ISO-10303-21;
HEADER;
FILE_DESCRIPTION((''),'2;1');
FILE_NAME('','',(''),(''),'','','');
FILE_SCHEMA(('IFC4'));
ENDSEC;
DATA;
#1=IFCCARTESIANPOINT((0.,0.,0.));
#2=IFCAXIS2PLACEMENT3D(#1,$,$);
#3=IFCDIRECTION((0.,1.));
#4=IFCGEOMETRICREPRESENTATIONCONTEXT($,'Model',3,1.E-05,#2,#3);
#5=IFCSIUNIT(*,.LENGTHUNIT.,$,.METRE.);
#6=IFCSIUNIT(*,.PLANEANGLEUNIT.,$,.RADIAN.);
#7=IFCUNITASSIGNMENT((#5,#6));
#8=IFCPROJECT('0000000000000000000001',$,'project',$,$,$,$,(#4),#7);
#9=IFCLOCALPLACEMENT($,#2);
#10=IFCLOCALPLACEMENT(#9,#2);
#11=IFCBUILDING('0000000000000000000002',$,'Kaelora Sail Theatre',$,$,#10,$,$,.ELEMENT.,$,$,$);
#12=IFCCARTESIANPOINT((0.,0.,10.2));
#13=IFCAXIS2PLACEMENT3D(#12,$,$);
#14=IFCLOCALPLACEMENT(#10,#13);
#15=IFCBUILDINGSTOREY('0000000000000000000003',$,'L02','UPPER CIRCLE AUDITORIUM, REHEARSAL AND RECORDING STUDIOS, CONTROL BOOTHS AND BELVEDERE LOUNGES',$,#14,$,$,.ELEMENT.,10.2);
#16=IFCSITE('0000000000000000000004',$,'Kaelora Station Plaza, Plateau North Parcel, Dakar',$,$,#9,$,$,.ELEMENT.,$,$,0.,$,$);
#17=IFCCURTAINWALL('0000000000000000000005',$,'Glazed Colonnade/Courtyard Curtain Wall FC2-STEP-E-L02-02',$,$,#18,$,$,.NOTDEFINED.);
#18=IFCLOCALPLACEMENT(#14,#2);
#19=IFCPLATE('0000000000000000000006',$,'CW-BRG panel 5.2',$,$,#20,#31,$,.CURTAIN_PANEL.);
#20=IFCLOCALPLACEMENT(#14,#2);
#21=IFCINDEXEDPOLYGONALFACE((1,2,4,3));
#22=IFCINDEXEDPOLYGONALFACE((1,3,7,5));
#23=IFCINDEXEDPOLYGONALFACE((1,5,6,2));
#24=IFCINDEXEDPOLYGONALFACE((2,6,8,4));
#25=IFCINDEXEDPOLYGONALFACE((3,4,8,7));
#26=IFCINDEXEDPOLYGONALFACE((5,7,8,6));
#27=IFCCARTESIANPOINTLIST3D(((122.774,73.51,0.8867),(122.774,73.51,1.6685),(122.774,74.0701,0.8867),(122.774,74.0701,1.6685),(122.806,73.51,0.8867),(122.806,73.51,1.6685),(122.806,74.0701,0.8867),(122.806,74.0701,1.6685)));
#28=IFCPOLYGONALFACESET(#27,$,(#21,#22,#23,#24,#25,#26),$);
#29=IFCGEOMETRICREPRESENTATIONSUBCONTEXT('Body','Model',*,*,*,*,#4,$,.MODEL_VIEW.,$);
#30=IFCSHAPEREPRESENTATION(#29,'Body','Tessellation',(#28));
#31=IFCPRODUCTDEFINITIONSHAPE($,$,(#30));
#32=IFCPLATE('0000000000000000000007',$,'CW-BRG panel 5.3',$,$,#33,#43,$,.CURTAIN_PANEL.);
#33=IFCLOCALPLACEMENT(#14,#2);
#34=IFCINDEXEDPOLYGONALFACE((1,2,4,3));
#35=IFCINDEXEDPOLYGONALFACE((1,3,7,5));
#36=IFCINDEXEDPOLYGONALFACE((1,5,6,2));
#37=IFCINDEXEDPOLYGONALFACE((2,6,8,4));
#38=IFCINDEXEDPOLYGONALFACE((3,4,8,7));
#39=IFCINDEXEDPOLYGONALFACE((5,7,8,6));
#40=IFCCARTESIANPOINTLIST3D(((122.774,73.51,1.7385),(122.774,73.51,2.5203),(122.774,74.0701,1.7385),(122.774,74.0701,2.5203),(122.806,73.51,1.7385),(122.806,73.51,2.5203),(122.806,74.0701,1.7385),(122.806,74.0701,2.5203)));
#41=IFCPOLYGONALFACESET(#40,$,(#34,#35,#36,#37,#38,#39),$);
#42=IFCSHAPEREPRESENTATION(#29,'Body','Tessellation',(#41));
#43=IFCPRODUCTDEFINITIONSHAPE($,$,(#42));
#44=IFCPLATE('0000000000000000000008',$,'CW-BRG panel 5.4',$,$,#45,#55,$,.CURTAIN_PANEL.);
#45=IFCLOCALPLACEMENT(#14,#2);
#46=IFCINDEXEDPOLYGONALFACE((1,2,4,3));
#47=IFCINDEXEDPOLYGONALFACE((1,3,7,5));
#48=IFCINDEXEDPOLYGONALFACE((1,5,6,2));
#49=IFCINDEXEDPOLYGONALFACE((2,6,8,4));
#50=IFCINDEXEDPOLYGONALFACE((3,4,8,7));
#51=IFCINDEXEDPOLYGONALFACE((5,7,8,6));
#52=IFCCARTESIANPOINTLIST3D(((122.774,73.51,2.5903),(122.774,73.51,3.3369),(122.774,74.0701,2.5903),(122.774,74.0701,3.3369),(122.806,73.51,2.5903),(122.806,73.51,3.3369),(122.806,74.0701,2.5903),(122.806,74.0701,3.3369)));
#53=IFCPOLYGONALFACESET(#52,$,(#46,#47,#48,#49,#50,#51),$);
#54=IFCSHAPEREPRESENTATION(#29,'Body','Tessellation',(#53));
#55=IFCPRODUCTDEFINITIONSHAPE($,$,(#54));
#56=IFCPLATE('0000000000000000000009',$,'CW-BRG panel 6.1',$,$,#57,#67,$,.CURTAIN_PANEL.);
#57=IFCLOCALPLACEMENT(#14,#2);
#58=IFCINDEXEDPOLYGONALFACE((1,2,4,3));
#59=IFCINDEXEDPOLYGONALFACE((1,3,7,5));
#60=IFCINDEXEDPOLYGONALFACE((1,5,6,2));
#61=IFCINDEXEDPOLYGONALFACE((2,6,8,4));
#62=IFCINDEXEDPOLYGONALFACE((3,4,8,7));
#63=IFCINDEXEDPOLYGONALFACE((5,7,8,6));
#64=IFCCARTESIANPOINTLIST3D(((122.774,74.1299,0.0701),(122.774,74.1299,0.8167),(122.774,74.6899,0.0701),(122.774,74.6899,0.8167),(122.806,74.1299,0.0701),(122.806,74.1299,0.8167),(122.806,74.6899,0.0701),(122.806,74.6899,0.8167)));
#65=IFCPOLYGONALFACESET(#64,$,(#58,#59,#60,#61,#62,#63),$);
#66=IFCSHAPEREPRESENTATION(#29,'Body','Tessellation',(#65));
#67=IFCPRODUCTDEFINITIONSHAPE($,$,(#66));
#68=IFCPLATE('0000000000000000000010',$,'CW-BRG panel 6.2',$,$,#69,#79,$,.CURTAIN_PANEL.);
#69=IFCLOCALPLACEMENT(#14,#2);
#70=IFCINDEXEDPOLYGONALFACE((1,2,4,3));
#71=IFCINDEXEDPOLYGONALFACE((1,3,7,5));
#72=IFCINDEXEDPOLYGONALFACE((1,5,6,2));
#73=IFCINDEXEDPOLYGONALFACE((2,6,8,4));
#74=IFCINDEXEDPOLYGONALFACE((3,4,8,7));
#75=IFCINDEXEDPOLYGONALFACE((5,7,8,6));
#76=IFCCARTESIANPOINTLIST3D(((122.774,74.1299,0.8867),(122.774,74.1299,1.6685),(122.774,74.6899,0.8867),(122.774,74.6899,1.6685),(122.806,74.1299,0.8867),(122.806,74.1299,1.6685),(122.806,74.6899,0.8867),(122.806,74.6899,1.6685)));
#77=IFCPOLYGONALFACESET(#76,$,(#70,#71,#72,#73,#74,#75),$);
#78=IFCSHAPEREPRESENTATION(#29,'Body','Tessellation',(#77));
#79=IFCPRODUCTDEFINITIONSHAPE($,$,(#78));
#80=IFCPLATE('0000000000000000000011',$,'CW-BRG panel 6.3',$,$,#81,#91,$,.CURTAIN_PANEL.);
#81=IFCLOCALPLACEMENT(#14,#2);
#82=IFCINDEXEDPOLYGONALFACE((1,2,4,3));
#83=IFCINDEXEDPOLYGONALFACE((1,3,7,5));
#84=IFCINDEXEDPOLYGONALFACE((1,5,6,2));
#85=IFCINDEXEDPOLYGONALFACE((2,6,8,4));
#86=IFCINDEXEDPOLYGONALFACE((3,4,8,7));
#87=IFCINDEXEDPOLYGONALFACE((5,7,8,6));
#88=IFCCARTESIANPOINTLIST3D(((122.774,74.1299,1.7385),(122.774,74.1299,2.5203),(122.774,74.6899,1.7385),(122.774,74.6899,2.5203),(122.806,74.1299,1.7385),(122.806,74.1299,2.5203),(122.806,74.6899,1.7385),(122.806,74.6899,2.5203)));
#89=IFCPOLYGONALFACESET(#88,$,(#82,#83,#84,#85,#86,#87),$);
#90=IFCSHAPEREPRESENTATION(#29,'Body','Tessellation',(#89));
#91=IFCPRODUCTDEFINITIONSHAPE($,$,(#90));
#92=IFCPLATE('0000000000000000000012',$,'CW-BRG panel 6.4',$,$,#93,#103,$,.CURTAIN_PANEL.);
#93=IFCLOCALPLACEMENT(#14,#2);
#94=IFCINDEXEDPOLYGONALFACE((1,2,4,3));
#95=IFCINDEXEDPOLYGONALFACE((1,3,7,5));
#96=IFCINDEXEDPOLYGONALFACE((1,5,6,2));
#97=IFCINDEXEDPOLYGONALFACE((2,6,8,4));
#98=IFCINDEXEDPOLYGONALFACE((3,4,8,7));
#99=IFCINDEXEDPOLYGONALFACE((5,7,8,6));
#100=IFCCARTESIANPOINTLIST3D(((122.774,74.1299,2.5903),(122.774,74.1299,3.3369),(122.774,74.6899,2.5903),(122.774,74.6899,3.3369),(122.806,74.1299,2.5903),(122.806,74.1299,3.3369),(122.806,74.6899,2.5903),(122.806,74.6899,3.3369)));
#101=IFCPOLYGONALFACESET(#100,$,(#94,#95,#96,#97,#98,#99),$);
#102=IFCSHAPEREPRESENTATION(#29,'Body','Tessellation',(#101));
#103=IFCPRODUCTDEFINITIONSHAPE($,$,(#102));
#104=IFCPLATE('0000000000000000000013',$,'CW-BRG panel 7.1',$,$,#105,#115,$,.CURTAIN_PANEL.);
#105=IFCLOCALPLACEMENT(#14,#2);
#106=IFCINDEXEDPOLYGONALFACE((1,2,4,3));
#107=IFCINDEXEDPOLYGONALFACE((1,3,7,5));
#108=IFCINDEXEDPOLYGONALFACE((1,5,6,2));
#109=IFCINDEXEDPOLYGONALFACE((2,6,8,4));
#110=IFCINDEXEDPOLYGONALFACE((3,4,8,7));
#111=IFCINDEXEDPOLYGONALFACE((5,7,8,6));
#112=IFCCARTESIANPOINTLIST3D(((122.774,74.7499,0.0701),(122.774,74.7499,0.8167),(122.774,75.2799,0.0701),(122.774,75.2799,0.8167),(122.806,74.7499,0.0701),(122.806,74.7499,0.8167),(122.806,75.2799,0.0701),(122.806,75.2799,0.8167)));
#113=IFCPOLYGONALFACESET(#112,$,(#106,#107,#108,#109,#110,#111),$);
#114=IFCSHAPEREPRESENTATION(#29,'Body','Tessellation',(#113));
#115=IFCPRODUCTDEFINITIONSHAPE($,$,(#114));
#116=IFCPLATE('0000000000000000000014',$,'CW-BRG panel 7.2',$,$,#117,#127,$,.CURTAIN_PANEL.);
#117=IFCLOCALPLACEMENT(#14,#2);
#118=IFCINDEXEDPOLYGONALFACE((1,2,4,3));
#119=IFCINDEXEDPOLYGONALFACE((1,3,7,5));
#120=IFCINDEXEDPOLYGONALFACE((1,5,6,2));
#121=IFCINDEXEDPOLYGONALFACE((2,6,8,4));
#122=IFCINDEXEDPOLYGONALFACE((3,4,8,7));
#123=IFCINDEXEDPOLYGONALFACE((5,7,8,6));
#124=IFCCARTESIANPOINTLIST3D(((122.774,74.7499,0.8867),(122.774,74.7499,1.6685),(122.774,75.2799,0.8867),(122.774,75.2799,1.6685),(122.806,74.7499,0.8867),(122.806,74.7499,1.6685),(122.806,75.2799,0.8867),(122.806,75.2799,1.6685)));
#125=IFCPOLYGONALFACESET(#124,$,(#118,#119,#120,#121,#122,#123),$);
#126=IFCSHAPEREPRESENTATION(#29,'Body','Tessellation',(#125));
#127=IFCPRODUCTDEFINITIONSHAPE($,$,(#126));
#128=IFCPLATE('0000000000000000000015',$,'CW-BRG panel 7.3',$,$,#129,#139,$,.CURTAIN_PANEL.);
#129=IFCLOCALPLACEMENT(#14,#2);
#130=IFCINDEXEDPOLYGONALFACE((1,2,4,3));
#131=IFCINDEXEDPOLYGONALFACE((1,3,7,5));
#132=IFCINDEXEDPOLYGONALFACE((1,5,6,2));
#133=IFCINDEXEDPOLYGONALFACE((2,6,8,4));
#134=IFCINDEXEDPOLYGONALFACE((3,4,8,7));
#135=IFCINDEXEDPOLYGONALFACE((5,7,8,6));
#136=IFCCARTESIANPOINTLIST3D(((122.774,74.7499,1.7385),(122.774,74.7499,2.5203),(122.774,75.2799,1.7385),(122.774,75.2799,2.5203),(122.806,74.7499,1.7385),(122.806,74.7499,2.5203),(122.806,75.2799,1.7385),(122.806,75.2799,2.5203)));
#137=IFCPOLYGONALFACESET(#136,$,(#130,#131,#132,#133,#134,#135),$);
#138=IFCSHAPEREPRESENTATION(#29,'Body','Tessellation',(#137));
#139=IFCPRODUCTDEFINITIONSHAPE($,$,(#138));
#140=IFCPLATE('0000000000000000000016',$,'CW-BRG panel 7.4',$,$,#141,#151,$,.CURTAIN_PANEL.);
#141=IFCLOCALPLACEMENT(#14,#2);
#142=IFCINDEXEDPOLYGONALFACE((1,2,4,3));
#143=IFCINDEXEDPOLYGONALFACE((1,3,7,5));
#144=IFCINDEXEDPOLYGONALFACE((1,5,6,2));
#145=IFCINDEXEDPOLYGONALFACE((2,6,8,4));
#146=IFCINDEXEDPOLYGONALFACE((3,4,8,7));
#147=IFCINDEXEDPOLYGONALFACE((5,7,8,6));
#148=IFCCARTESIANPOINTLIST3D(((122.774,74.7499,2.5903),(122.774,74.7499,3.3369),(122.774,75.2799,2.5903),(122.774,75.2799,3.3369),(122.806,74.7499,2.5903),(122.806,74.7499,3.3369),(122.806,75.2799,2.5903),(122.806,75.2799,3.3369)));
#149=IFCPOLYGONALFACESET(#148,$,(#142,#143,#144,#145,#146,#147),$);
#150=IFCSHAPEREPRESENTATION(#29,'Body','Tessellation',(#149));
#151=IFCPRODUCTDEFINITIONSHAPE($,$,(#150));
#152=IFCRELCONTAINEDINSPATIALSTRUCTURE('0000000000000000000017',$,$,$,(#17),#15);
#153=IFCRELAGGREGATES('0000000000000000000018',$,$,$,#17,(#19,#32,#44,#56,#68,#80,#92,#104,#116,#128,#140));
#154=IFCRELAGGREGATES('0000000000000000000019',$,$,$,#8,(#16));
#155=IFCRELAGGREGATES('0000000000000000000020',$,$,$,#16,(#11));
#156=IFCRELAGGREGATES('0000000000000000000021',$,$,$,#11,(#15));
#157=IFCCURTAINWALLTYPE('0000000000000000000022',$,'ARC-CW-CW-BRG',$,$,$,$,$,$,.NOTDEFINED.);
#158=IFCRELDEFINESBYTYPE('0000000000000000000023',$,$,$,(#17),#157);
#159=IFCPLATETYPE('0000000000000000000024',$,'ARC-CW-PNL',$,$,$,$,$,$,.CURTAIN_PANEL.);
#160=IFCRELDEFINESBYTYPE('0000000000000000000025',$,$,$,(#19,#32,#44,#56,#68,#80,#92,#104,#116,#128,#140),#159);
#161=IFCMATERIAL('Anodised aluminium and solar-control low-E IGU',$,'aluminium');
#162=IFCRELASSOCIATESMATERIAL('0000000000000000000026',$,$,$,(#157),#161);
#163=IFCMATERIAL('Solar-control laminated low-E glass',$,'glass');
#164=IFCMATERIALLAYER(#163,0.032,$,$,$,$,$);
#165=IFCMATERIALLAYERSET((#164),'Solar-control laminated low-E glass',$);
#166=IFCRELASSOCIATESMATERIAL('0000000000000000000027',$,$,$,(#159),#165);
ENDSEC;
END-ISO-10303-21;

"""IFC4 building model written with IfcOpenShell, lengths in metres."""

from ifc_helpers import new_model, si_unit, direction, frame, origin, origin_2d, place, context, subcontext, project, spatial, rectangle, extrude, material, layer, layer_set, type_object, element, aggregate, save


model = new_model("IFC4")

# Units and contexts
model_context = context("Model", 3, precision=1e-05, world=origin(), true_north=direction((0.0, 1.0)))
body_context = subcontext(model_context, "Body", "Model", "MODEL_VIEW")
ifc_project = project(units=[si_unit("LENGTHUNIT", "METRE"), si_unit("PLANEANGLEUNIT", "RADIAN")], contexts=[model_context])

# Site, building, storey
site_placement = place(None, origin())
site = spatial("IfcSite", under=ifc_project, at=site_placement, Name="Kaelora Station Plaza, Plateau North Parcel, Dakar", CompositionType="ELEMENT", RefElevation=0.0)
building_placement = place(site_placement, origin())
building = spatial("IfcBuilding", under=site, at=building_placement, Name="Kaelora Sail Theatre", CompositionType="ELEMENT")
storey_placement = place(building_placement, frame((0.0, 0.0, 10.2)))
storey = spatial("IfcBuildingStorey", under=building, at=storey_placement, Name="L02", Description="UPPER CIRCLE AUDITORIUM, REHEARSAL AND RECORDING STUDIOS, CONTROL BOOTHS AND BELVEDERE LOUNGES", CompositionType="ELEMENT", Elevation=10.2)

# Curtain wall
ifc_material_1 = material(Name="Anodised aluminium and solar-control low-E IGU", Category="aluminium")
curtain_wall_type = type_object("IfcCurtainWallType", Name="ARC-CW-CW-BRG", PredefinedType="NOTDEFINED", material=ifc_material_1)
curtain_wall_1_placement = place(storey_placement, origin())
curtain_wall_1 = element("IfcCurtainWall", 1, at=curtain_wall_1_placement, inside=storey, type_object=curtain_wall_type, Name="Glazed Colonnade/Courtyard Curtain Wall FC2-STEP-E-L02-02", PredefinedType="NOTDEFINED")

# Plates
ifc_material_2 = material(Name="Solar-control laminated low-E glass", Category="glass")
ifc_layer = layer(ifc_material_2, 0.032)
ifc_layer_set = layer_set([ifc_layer], Name="Solar-control laminated low-E glass")
plate_type = type_object("IfcPlateType", Name="ARC-CW-PNL", PredefinedType="CURTAIN_PANEL", material=ifc_layer_set)
plate_1_placement = place(storey_placement, frame((122.79, 73.79, 0.8867), z_axis=(0.0, 0.0, 1.0), x_axis=(0.0, 1.0, 0.0)))
plate_1 = element("IfcPlate", 2, at=plate_1_placement, type_object=plate_type, Name="CW-BRG panel 5.2", PredefinedType="CURTAIN_PANEL", context=body_context, shape_type="SweptSolid", body=[
    extrude(rectangle(XDim=0.5601, YDim=0.032, at=origin_2d()), origin(), (0.0, 0.0, 1.0), 0.7817),
])
plate_2_placement = place(storey_placement, frame((122.79, 73.79, 1.7385), z_axis=(0.0, 0.0, 1.0), x_axis=(0.0, 1.0, 0.0)))
plate_2 = element("IfcPlate", 3, at=plate_2_placement, type_object=plate_type, Name="CW-BRG panel 5.3", PredefinedType="CURTAIN_PANEL", context=body_context, shape_type="SweptSolid", body=[
    extrude(rectangle(XDim=0.5601, YDim=0.032, at=origin_2d()), origin(), (0.0, 0.0, 1.0), 0.7817),
])
plate_3_placement = place(storey_placement, frame((122.79, 73.79, 2.5903), z_axis=(0.0, 0.0, 1.0), x_axis=(0.0, 1.0, 0.0)))
plate_3 = element("IfcPlate", 4, at=plate_3_placement, type_object=plate_type, Name="CW-BRG panel 5.4", PredefinedType="CURTAIN_PANEL", context=body_context, shape_type="SweptSolid", body=[
    extrude(rectangle(XDim=0.5601, YDim=0.032, at=origin_2d()), origin(), (0.0, 0.0, 1.0), 0.7466),
])
plate_4_placement = place(storey_placement, frame((122.79, 74.4099, 0.0701), z_axis=(0.0, 0.0, 1.0), x_axis=(0.0, 1.0, 0.0)))
plate_4 = element("IfcPlate", 5, at=plate_4_placement, type_object=plate_type, Name="CW-BRG panel 6.1", PredefinedType="CURTAIN_PANEL", context=body_context, shape_type="SweptSolid", body=[
    extrude(rectangle(XDim=0.5601, YDim=0.032, at=origin_2d()), origin(), (0.0, 0.0, 1.0), 0.7466),
])
plate_5_placement = place(storey_placement, frame((122.79, 74.4099, 0.8867), z_axis=(0.0, 0.0, 1.0), x_axis=(0.0, 1.0, 0.0)))
plate_5 = element("IfcPlate", 6, at=plate_5_placement, type_object=plate_type, Name="CW-BRG panel 6.2", PredefinedType="CURTAIN_PANEL", context=body_context, shape_type="SweptSolid", body=[
    extrude(rectangle(XDim=0.5601, YDim=0.032, at=origin_2d()), origin(), (0.0, 0.0, 1.0), 0.7817),
])
plate_6_placement = place(storey_placement, frame((122.79, 74.4099, 1.7385), z_axis=(0.0, 0.0, 1.0), x_axis=(0.0, 1.0, 0.0)))
plate_6 = element("IfcPlate", 7, at=plate_6_placement, type_object=plate_type, Name="CW-BRG panel 6.3", PredefinedType="CURTAIN_PANEL", context=body_context, shape_type="SweptSolid", body=[
    extrude(rectangle(XDim=0.5601, YDim=0.032, at=origin_2d()), origin(), (0.0, 0.0, 1.0), 0.7817),
])
plate_7_placement = place(storey_placement, frame((122.79, 74.4099, 2.5903), z_axis=(0.0, 0.0, 1.0), x_axis=(0.0, 1.0, 0.0)))
plate_7 = element("IfcPlate", 8, at=plate_7_placement, type_object=plate_type, Name="CW-BRG panel 6.4", PredefinedType="CURTAIN_PANEL", context=body_context, shape_type="SweptSolid", body=[
    extrude(rectangle(XDim=0.5601, YDim=0.032, at=origin_2d()), origin(), (0.0, 0.0, 1.0), 0.7466),
])
plate_8_placement = place(storey_placement, frame((122.79, 75.0149, 0.0701), z_axis=(0.0, 0.0, 1.0), x_axis=(0.0, 1.0, 0.0)))
plate_8 = element("IfcPlate", 9, at=plate_8_placement, type_object=plate_type, Name="CW-BRG panel 7.1", PredefinedType="CURTAIN_PANEL", context=body_context, shape_type="SweptSolid", body=[
    extrude(rectangle(XDim=0.53, YDim=0.032, at=origin_2d()), origin(), (0.0, 0.0, 1.0), 0.7466),
])
plate_9_placement = place(storey_placement, frame((122.79, 75.0149, 0.8867), z_axis=(0.0, 0.0, 1.0), x_axis=(0.0, 1.0, 0.0)))
plate_9 = element("IfcPlate", 10, at=plate_9_placement, type_object=plate_type, Name="CW-BRG panel 7.2", PredefinedType="CURTAIN_PANEL", context=body_context, shape_type="SweptSolid", body=[
    extrude(rectangle(XDim=0.53, YDim=0.032, at=origin_2d()), origin(), (0.0, 0.0, 1.0), 0.7817),
])
plate_10_placement = place(storey_placement, frame((122.79, 75.0149, 1.7385), z_axis=(0.0, 0.0, 1.0), x_axis=(0.0, 1.0, 0.0)))
plate_10 = element("IfcPlate", 11, at=plate_10_placement, type_object=plate_type, Name="CW-BRG panel 7.3", PredefinedType="CURTAIN_PANEL", context=body_context, shape_type="SweptSolid", body=[
    extrude(rectangle(XDim=0.53, YDim=0.032, at=origin_2d()), origin(), (0.0, 0.0, 1.0), 0.7817),
])
plate_11_placement = place(storey_placement, frame((122.79, 75.0149, 2.5903), z_axis=(0.0, 0.0, 1.0), x_axis=(0.0, 1.0, 0.0)))
plate_11 = element("IfcPlate", 12, at=plate_11_placement, type_object=plate_type, Name="CW-BRG panel 7.4", PredefinedType="CURTAIN_PANEL", context=body_context, shape_type="SweptSolid", body=[
    extrude(rectangle(XDim=0.53, YDim=0.032, at=origin_2d()), origin(), (0.0, 0.0, 1.0), 0.7466),
])
aggregate(curtain_wall_1, [plate_1, plate_2, plate_3, plate_4, plate_5, plate_6, plate_7, plate_8, plate_9, plate_10, plate_11])

save(model, "model.ifc")
